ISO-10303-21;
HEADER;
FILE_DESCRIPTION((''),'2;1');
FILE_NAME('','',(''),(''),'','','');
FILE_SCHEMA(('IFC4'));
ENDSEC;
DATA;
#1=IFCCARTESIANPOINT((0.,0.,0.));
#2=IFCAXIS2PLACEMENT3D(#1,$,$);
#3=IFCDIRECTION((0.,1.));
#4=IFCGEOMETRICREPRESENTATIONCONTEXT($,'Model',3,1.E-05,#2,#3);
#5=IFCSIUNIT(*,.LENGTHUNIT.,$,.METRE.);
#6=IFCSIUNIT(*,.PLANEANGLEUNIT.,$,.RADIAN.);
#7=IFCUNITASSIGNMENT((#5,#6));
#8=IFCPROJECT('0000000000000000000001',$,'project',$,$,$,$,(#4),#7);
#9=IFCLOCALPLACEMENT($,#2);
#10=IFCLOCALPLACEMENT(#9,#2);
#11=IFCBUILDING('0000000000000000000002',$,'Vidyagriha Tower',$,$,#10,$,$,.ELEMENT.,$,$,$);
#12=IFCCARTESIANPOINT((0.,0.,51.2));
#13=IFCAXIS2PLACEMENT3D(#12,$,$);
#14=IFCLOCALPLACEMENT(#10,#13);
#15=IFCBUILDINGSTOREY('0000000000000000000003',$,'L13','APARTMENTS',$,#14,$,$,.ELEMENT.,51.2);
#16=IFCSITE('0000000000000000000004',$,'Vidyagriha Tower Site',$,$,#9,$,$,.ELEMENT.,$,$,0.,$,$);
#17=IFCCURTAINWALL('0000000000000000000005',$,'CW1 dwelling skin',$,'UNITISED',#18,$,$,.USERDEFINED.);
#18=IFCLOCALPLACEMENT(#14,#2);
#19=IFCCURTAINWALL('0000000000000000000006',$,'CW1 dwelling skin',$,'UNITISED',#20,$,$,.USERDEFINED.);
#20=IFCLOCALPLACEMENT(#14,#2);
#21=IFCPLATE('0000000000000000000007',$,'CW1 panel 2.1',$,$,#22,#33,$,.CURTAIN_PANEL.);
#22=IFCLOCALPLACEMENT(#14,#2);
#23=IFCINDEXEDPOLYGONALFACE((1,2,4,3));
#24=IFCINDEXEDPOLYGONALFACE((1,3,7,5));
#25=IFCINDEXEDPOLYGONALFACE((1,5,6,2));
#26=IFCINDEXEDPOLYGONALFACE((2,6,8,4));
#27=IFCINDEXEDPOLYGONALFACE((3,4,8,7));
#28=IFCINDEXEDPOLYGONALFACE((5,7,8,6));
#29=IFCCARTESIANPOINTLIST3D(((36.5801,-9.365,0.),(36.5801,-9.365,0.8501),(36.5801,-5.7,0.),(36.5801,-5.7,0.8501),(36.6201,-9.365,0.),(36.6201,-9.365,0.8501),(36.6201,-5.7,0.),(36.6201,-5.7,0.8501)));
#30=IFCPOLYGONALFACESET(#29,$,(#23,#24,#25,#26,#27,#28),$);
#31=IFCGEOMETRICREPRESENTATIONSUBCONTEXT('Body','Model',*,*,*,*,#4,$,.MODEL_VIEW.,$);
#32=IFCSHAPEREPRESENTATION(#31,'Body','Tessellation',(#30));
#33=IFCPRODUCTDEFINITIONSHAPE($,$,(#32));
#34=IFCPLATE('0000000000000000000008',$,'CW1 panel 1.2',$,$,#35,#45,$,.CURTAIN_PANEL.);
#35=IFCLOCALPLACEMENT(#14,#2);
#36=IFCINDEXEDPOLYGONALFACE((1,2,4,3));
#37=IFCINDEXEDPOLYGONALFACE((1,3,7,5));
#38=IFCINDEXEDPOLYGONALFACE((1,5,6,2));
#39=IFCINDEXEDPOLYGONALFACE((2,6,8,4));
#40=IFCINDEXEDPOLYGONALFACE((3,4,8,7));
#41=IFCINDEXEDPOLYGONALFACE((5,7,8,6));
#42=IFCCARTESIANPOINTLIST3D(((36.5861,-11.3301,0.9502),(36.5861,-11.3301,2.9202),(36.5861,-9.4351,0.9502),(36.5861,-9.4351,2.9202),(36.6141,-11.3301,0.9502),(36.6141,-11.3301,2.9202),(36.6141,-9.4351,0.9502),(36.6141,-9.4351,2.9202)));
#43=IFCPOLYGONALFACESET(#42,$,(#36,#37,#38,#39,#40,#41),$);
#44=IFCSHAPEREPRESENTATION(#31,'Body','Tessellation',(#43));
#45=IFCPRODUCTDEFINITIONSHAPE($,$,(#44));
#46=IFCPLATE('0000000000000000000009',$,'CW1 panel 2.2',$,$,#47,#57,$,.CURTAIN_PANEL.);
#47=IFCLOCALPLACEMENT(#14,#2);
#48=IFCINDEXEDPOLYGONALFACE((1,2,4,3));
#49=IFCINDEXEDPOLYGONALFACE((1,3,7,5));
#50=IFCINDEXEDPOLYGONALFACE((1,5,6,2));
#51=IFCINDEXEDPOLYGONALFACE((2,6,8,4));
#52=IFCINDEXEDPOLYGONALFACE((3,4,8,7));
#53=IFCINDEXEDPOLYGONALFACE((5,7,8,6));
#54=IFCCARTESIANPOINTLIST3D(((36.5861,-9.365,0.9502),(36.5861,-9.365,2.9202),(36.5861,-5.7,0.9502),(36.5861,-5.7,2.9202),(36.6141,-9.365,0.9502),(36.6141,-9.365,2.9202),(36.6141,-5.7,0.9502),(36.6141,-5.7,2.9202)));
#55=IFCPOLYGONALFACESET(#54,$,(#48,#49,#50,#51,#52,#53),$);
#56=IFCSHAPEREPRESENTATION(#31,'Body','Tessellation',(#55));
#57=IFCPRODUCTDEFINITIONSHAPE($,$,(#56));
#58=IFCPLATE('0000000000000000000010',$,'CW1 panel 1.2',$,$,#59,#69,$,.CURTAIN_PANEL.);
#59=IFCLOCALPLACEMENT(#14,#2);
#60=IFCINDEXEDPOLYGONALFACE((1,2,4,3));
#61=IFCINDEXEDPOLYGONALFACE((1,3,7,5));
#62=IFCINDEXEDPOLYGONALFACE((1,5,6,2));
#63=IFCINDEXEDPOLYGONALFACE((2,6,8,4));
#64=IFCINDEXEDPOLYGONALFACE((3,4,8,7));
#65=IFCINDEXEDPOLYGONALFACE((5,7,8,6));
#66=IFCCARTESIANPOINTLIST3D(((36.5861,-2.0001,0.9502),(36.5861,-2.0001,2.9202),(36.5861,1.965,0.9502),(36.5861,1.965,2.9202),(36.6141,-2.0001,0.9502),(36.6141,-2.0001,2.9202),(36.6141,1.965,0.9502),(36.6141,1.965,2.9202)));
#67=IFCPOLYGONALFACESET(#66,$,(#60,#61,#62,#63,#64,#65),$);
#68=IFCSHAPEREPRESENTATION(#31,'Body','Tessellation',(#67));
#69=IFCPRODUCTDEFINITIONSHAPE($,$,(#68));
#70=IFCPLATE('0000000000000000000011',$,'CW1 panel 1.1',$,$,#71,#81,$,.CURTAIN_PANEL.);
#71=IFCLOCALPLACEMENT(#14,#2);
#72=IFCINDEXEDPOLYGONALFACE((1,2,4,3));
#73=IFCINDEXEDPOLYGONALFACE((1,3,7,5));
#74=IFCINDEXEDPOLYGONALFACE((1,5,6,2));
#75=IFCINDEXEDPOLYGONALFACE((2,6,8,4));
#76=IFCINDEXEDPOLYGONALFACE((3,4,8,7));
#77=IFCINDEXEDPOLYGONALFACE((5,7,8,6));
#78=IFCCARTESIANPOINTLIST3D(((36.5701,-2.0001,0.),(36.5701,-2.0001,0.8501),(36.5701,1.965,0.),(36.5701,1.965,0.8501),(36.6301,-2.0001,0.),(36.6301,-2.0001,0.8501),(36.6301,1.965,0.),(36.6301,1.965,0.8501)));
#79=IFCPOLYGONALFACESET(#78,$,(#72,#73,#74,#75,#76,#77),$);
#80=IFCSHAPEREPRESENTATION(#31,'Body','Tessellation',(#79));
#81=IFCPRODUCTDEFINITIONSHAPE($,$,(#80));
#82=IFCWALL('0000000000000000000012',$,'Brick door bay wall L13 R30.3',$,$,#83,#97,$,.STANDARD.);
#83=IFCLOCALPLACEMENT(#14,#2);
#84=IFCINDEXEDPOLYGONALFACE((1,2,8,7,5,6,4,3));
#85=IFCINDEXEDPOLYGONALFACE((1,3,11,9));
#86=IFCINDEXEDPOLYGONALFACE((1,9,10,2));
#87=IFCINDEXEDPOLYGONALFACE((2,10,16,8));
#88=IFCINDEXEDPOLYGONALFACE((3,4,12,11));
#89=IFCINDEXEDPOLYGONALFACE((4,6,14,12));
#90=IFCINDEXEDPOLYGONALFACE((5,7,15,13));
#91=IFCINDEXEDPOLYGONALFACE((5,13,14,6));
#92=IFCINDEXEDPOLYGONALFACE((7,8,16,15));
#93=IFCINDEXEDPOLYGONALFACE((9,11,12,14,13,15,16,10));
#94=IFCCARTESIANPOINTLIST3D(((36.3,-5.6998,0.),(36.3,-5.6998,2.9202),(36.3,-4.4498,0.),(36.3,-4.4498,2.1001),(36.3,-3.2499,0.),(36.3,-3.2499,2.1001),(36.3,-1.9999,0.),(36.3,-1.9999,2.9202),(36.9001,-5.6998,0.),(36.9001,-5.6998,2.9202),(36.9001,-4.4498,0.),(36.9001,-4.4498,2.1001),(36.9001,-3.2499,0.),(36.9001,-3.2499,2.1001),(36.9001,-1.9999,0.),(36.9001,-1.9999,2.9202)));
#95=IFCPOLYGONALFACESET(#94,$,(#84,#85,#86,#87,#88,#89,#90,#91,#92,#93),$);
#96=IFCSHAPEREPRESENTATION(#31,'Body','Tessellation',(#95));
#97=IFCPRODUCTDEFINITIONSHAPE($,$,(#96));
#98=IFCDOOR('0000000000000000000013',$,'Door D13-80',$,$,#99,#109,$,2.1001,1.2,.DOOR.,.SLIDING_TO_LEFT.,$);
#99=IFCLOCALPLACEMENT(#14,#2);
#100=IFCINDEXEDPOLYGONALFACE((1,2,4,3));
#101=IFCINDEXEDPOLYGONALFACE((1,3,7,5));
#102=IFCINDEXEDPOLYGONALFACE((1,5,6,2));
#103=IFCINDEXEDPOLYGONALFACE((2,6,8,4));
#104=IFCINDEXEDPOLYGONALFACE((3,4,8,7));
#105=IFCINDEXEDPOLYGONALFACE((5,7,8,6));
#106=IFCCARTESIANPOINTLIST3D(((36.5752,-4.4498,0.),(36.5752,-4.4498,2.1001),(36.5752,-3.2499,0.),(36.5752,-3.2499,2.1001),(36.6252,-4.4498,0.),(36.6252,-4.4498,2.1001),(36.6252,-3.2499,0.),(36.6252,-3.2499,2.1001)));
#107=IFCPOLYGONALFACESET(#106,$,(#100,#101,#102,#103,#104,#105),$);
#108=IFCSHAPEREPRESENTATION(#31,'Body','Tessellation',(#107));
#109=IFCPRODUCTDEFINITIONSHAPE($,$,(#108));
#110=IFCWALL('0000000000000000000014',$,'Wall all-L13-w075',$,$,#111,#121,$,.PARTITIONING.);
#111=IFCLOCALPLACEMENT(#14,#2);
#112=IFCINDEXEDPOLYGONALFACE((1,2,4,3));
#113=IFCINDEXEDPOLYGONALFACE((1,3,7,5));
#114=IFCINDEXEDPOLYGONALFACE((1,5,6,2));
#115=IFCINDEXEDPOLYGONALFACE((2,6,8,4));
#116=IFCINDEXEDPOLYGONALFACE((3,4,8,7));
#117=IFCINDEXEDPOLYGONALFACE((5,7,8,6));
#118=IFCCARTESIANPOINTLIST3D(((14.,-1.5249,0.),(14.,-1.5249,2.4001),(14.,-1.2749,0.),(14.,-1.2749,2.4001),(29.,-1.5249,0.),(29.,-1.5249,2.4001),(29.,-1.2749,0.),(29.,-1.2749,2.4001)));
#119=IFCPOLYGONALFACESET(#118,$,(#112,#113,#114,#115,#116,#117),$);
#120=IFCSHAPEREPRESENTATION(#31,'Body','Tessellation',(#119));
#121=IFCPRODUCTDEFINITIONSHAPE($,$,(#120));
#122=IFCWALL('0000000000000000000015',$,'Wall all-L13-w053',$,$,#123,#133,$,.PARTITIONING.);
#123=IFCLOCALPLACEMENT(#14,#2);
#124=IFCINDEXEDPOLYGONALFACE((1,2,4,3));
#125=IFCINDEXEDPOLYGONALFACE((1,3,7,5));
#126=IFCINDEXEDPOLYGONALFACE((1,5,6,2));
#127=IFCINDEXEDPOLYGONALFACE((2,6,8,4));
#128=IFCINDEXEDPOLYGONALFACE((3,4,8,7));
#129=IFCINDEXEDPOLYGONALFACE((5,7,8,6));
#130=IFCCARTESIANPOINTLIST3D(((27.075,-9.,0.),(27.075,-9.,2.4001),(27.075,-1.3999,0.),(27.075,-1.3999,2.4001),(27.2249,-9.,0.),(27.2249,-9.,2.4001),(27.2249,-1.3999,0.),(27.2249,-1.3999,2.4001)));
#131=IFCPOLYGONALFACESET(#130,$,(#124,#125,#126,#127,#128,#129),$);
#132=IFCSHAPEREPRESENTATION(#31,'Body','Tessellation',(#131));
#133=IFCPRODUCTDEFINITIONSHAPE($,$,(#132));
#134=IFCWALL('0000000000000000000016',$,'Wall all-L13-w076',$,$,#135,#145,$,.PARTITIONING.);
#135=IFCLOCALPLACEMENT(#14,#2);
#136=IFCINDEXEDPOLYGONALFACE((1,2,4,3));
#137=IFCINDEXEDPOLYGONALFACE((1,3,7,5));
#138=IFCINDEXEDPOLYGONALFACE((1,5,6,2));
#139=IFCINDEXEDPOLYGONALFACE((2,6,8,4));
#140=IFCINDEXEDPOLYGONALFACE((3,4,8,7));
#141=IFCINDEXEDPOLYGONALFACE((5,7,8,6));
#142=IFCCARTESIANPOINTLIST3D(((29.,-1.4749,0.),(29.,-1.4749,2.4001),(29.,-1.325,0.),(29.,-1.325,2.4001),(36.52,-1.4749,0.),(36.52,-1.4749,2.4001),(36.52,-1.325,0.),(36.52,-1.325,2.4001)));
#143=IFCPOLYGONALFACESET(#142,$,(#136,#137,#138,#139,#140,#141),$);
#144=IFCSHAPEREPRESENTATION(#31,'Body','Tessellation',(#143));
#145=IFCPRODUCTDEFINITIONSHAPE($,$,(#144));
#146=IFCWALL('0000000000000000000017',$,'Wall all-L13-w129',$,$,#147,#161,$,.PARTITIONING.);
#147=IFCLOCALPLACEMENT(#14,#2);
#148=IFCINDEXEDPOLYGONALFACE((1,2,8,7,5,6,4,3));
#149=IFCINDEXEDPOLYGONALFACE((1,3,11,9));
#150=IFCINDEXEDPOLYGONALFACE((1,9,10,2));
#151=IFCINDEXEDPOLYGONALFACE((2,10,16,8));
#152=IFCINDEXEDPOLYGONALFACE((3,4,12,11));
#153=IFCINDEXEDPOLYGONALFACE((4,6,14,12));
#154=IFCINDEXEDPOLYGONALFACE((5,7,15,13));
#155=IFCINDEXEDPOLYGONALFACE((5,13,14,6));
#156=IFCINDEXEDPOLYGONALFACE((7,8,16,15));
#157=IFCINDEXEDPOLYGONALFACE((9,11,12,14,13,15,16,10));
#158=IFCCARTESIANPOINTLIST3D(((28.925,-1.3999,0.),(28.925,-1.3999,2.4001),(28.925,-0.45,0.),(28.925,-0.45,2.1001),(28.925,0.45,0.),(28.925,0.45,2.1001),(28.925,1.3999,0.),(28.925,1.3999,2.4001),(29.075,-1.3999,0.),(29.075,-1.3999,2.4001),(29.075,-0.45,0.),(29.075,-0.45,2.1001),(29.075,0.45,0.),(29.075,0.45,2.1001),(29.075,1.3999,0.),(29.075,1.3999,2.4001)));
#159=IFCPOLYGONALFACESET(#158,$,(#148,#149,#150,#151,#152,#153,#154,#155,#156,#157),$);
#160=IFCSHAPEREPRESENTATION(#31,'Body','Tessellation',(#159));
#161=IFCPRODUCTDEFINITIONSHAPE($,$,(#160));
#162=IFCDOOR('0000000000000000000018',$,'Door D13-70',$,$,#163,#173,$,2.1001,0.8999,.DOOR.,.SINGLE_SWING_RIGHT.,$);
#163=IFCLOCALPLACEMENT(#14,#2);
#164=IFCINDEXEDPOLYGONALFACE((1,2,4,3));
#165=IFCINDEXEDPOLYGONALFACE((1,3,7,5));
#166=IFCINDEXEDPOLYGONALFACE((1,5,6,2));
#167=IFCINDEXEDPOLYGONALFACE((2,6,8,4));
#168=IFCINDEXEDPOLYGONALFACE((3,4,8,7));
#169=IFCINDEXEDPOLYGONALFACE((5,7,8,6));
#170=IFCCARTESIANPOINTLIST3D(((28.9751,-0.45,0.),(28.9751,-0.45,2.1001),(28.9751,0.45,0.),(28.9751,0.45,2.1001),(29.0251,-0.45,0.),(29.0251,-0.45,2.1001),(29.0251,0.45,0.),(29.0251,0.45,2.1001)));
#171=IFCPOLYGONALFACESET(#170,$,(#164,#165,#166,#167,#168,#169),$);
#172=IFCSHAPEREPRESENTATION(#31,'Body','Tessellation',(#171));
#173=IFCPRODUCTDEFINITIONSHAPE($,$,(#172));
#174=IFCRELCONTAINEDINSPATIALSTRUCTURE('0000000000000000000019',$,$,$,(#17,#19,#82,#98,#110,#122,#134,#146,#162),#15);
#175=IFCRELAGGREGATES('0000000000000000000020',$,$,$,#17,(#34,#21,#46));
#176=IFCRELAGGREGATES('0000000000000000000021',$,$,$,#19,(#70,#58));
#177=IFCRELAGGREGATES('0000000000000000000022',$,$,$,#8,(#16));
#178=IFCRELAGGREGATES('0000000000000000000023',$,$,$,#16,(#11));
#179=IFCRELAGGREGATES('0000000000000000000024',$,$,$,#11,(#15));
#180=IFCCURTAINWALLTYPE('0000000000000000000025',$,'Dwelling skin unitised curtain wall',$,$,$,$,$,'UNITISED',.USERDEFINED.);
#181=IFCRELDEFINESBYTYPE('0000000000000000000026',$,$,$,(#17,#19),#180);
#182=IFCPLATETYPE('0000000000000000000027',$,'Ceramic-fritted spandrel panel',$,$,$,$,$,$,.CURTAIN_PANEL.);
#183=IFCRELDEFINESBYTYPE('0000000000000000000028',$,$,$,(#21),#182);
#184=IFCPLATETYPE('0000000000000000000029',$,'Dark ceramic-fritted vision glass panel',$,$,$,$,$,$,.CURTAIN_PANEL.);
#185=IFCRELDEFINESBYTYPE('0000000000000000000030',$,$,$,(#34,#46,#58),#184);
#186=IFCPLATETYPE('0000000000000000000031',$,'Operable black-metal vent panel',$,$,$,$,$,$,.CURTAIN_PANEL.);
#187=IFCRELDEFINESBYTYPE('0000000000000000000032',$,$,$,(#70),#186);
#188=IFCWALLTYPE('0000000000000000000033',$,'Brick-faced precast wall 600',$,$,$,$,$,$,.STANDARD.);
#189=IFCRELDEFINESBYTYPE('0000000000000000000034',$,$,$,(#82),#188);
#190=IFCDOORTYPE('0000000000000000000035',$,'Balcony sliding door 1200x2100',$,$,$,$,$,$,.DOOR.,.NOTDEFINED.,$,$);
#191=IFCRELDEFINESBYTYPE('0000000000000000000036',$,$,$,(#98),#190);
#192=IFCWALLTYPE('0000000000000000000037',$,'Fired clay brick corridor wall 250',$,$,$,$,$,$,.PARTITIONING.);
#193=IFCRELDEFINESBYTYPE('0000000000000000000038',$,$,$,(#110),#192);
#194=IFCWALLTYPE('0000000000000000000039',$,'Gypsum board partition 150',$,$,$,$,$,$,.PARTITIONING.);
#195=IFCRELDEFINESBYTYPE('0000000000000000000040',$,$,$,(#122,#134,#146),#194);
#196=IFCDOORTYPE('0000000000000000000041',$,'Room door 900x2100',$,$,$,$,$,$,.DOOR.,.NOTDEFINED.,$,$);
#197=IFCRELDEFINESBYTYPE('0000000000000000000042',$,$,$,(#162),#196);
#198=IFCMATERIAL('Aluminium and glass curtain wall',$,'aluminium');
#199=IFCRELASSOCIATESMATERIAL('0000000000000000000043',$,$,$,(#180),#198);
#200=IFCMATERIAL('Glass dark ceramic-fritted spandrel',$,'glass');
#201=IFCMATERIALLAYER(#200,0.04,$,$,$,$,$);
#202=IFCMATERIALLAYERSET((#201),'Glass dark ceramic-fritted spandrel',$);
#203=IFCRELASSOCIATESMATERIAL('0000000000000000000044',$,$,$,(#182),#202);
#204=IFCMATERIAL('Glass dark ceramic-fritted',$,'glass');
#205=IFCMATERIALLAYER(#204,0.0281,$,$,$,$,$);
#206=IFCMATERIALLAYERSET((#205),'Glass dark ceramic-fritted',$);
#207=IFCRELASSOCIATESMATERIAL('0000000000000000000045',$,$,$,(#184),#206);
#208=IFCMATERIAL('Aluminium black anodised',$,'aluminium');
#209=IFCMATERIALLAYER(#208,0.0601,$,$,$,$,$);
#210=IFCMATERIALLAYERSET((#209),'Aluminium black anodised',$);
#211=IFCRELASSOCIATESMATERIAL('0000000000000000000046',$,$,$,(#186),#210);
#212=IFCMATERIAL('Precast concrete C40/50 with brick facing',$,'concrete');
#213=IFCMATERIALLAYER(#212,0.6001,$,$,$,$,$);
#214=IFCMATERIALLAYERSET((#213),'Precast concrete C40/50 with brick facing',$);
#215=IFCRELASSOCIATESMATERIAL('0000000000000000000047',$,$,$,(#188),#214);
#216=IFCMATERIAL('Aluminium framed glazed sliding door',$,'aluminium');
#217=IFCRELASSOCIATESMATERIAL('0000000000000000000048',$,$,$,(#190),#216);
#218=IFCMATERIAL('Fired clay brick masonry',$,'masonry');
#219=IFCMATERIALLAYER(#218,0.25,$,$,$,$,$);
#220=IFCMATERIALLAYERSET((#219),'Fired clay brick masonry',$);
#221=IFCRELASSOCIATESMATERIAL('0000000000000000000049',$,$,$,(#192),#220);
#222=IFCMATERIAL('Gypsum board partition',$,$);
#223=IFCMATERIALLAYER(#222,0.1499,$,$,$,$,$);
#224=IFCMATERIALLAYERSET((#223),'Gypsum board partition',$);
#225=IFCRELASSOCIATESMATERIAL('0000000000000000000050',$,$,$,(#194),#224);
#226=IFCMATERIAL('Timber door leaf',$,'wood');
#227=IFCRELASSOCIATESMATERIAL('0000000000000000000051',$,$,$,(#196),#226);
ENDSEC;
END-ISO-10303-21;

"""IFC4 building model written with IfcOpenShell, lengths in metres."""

from ifc_helpers import new_model, si_unit, direction, frame, frame_2d, origin, origin_2d, place, context, subcontext, project, spatial, rectangle, extrude, material, layer, layer_set, type_object, element, fill, aggregate, save


model = new_model("IFC4")

# Units and contexts
model_context = context("Model", 3, precision=1e-05, world=origin(), true_north=direction((0.0, 1.0)))
body_context = subcontext(model_context, "Body", "Model", "MODEL_VIEW")
ifc_project = project(units=[si_unit("LENGTHUNIT", "METRE"), si_unit("PLANEANGLEUNIT", "RADIAN")], contexts=[model_context])

# Site, building, storey
site_placement = place(None, origin())
site = spatial("IfcSite", under=ifc_project, at=site_placement, Name="Vidyagriha Tower Site", CompositionType="ELEMENT", RefElevation=0.0)
building_placement = place(site_placement, origin())
building = spatial("IfcBuilding", under=site, at=building_placement, Name="Vidyagriha Tower", CompositionType="ELEMENT")
storey_placement = place(building_placement, frame((0.0, 0.0, 51.2)))
storey = spatial("IfcBuildingStorey", under=building, at=storey_placement, Name="L13", Description="APARTMENTS", CompositionType="ELEMENT", Elevation=51.2)

# Curtain wall
ifc_material_1 = material(Name="Aluminium and glass curtain wall", Category="aluminium")
curtain_wall_type = type_object("IfcCurtainWallType", Name="Dwelling skin unitised curtain wall", ElementType="UNITISED", PredefinedType="USERDEFINED", material=ifc_material_1)
curtain_wall_1_placement = place(storey_placement, origin())
curtain_wall_1 = element("IfcCurtainWall", 1, at=curtain_wall_1_placement, inside=storey, type_object=curtain_wall_type, Name="CW1 dwelling skin", ObjectType="UNITISED", PredefinedType="USERDEFINED")

# Curtain wall
curtain_wall_2_placement = place(storey_placement, origin())
curtain_wall_2 = element("IfcCurtainWall", 2, at=curtain_wall_2_placement, inside=storey, type_object=curtain_wall_type, Name="CW1 dwelling skin", ObjectType="UNITISED", PredefinedType="USERDEFINED")

# Plates
ifc_material_2 = material(Name="Glass dark ceramic-fritted spandrel", Category="glass")
ifc_layer_1 = layer(ifc_material_2, 0.04)
ifc_layer_set_1 = layer_set([ifc_layer_1], Name="Glass dark ceramic-fritted spandrel")
plate_type_1 = type_object("IfcPlateType", Name="Ceramic-fritted spandrel panel", PredefinedType="CURTAIN_PANEL", material=ifc_layer_set_1)
plate_1_placement = place(storey_placement, frame((36.6001, -7.5325, 0.0), z_axis=(0.0, 0.0, 1.0), x_axis=(0.0, 1.0, 0.0)))
plate_1 = element("IfcPlate", 3, at=plate_1_placement, type_object=plate_type_1, Name="CW1 panel 2.1", PredefinedType="CURTAIN_PANEL", context=body_context, shape_type="SweptSolid", body=[
    extrude(rectangle(XDim=3.665, YDim=0.04, at=origin_2d()), origin(), (0.0, 0.0, 1.0), 0.8501),
])
ifc_material_3 = material(Name="Glass dark ceramic-fritted", Category="glass")
ifc_layer_2 = layer(ifc_material_3, 0.0281)
ifc_layer_set_2 = layer_set([ifc_layer_2], Name="Glass dark ceramic-fritted")
plate_type_2 = type_object("IfcPlateType", Name="Dark ceramic-fritted vision glass panel", PredefinedType="CURTAIN_PANEL", material=ifc_layer_set_2)
plate_2_placement = place(storey_placement, frame((36.6001, -10.3826, 0.9502), z_axis=(0.0, 0.0, 1.0), x_axis=(0.0, 1.0, 0.0)))
plate_2 = element("IfcPlate", 4, at=plate_2_placement, type_object=plate_type_2, Name="CW1 panel 1.2", PredefinedType="CURTAIN_PANEL", context=body_context, shape_type="SweptSolid", body=[
    extrude(rectangle(XDim=1.895, YDim=0.0281, at=origin_2d()), origin(), (0.0, 0.0, 1.0), 1.97),
])
plate_3_placement = place(storey_placement, frame((36.6001, -7.5325, 0.9502), z_axis=(0.0, 0.0, 1.0), x_axis=(0.0, 1.0, 0.0)))
plate_3 = element("IfcPlate", 5, at=plate_3_placement, type_object=plate_type_2, Name="CW1 panel 2.2", PredefinedType="CURTAIN_PANEL", context=body_context, shape_type="SweptSolid", body=[
    extrude(rectangle(XDim=3.665, YDim=0.0281, at=origin_2d()), origin(), (0.0, 0.0, 1.0), 1.97),
])
aggregate(curtain_wall_1, [plate_2, plate_1, plate_3])
plate_4_placement = place(storey_placement, frame((36.6001, -0.0176, 0.9502), z_axis=(0.0, 0.0, 1.0), x_axis=(0.0, 1.0, 0.0)))
plate_4 = element("IfcPlate", 6, at=plate_4_placement, type_object=plate_type_2, Name="CW1 panel 1.2", PredefinedType="CURTAIN_PANEL", context=body_context, shape_type="SweptSolid", body=[
    extrude(rectangle(XDim=3.9651, YDim=0.0281, at=origin_2d()), origin(), (0.0, 0.0, 1.0), 1.97),
])
ifc_material_4 = material(Name="Aluminium black anodised", Category="aluminium")
ifc_layer_3 = layer(ifc_material_4, 0.0601)
ifc_layer_set_3 = layer_set([ifc_layer_3], Name="Aluminium black anodised")
plate_type_3 = type_object("IfcPlateType", Name="Operable black-metal vent panel", PredefinedType="CURTAIN_PANEL", material=ifc_layer_set_3)
plate_5_placement = place(storey_placement, frame((36.6001, -0.0176, 0.0), z_axis=(0.0, 0.0, 1.0), x_axis=(0.0, 1.0, 0.0)))
plate_5 = element("IfcPlate", 7, at=plate_5_placement, type_object=plate_type_3, Name="CW1 panel 1.1", PredefinedType="CURTAIN_PANEL", context=body_context, shape_type="SweptSolid", body=[
    extrude(rectangle(XDim=3.9651, YDim=0.0601, at=origin_2d()), origin(), (0.0, 0.0, 1.0), 0.8501),
])
aggregate(curtain_wall_2, [plate_5, plate_4])

# Wall, opening, door
ifc_material_5 = material(Name="Precast concrete C40/50 with brick facing", Category="concrete")
ifc_layer_4 = layer(ifc_material_5, 0.6001)
ifc_layer_set_4 = layer_set([ifc_layer_4], Name="Precast concrete C40/50 with brick facing")
wall_type_1 = type_object("IfcWallType", Name="Brick-faced precast wall 600", PredefinedType="STANDARD", material=ifc_layer_set_4)
wall_1_placement = place(storey_placement, frame((36.6001, -5.7, 0.0), z_axis=(0.0, 0.0, 1.0), x_axis=(0.0, 1.0, 0.0)))
wall_1 = element("IfcWall", 8, at=wall_1_placement, inside=storey, type_object=wall_type_1, Name="Brick door bay wall L13 R30.3", PredefinedType="STANDARD", context=body_context, shape_type="SweptSolid", body=[
    extrude(rectangle(XDim=3.7, YDim=0.6001, at=frame_2d((1.8501, 0.0))), origin(), (0.0, 0.0, 1.0), 2.9202),
])
opening_1_placement = place(wall_1_placement, frame((1.25, 0.0, 0.0)))
opening_1 = element("IfcOpeningElement", 9, at=opening_1_placement, cuts=wall_1, PredefinedType="OPENING", context=body_context, shape_type="SweptSolid", body=[
    extrude(rectangle(XDim=1.2, YDim=2.1001, at=frame_2d((0.6001, 1.05))), frame((0.0, 0.3101, 0.0), z_axis=(0.0, -1.0, 0.0), x_axis=(1.0, 0.0, 0.0)), (0.0, 0.0, 1.0), 0.6201),
])
ifc_material_6 = material(Name="Aluminium framed glazed sliding door", Category="aluminium")
door_type_1 = type_object("IfcDoorType", Name="Balcony sliding door 1200x2100", OperationType="NOTDEFINED", PredefinedType="DOOR", material=ifc_material_6)
door_1_placement = place(opening_1_placement, origin())
door_1 = element("IfcDoor", 10, at=door_1_placement, inside=storey, type_object=door_type_1, Name="Door D13-80", OperationType="SLIDING_TO_LEFT", OverallHeight=2.1001, OverallWidth=1.2, PredefinedType="DOOR", context=body_context, shape_type="SweptSolid", body=[
    extrude(rectangle(XDim=1.2, YDim=2.1001, at=frame_2d((0.6001, 1.05))), frame((0.0, 0.0249, 0.0), z_axis=(0.0, -1.0, 0.0), x_axis=(1.0, 0.0, 0.0)), (0.0, 0.0, 1.0), 0.05),
])
fill(opening_1, door_1)

# Walls
ifc_material_7 = material(Name="Fired clay brick masonry", Category="masonry")
ifc_layer_5 = layer(ifc_material_7, 0.25)
ifc_layer_set_5 = layer_set([ifc_layer_5], Name="Fired clay brick masonry")
wall_type_2 = type_object("IfcWallType", Name="Fired clay brick corridor wall 250", PredefinedType="PARTITIONING", material=ifc_layer_set_5)
wall_2_placement = place(storey_placement, frame((29.0, -1.3999, 0.0), z_axis=(0.0, 0.0, 1.0), x_axis=(-1.0, 0.0, 0.0)))
element("IfcWall", 11, at=wall_2_placement, inside=storey, type_object=wall_type_2, Name="Wall all-L13-w075", PredefinedType="PARTITIONING", context=body_context, shape_type="SweptSolid", body=[
    extrude(rectangle(XDim=15.0, YDim=0.25, at=frame_2d((7.5, 0.0))), origin(), (0.0, 0.0, 1.0), 2.4001),
])
ifc_material_8 = material(Name="Gypsum board partition")
ifc_layer_6 = layer(ifc_material_8, 0.1499)
ifc_layer_set_6 = layer_set([ifc_layer_6], Name="Gypsum board partition")
wall_type_3 = type_object("IfcWallType", Name="Gypsum board partition 150", PredefinedType="PARTITIONING", material=ifc_layer_set_6)
wall_3_placement = place(storey_placement, frame((27.1499, -1.3999, 0.0), z_axis=(0.0, 0.0, 1.0), x_axis=(0.0, -1.0, 0.0)))
element("IfcWall", 12, at=wall_3_placement, inside=storey, type_object=wall_type_3, Name="Wall all-L13-w053", PredefinedType="PARTITIONING", context=body_context, shape_type="SweptSolid", body=[
    extrude(rectangle(XDim=7.6001, YDim=0.1499, at=frame_2d((3.8, 0.0))), origin(), (0.0, 0.0, 1.0), 2.4001),
])
wall_4_placement = place(storey_placement, frame((36.52, -1.3999, 0.0), z_axis=(0.0, 0.0, 1.0), x_axis=(-1.0, 0.0, 0.0)))
element("IfcWall", 13, at=wall_4_placement, inside=storey, type_object=wall_type_3, Name="Wall all-L13-w076", PredefinedType="PARTITIONING", context=body_context, shape_type="SweptSolid", body=[
    extrude(rectangle(XDim=7.52, YDim=0.1499, at=frame_2d((3.76, 0.0))), origin(), (0.0, 0.0, 1.0), 2.4001),
])

# Wall, opening, door
wall_5_placement = place(storey_placement, frame((29.0, -1.3999, 0.0), z_axis=(0.0, 0.0, 1.0), x_axis=(0.0, 1.0, 0.0)))
wall_5 = element("IfcWall", 14, at=wall_5_placement, inside=storey, type_object=wall_type_3, Name="Wall all-L13-w129", PredefinedType="PARTITIONING", context=body_context, shape_type="SweptSolid", body=[
    extrude(rectangle(XDim=2.7998, YDim=0.1499, at=frame_2d((1.3999, 0.0))), origin(), (0.0, 0.0, 1.0), 2.4001),
])
opening_2_placement = place(wall_5_placement, frame((0.95, 0.0, 0.0)))
opening_2 = element("IfcOpeningElement", 15, at=opening_2_placement, cuts=wall_5, PredefinedType="OPENING", context=body_context, shape_type="SweptSolid", body=[
    extrude(rectangle(XDim=0.8999, YDim=2.1001, at=frame_2d((0.45, 1.05))), frame((0.0, 0.085, 0.0), z_axis=(0.0, -1.0, 0.0), x_axis=(1.0, 0.0, 0.0)), (0.0, 0.0, 1.0), 0.1699),
])
ifc_material_9 = material(Name="Timber door leaf", Category="wood")
door_type_2 = type_object("IfcDoorType", Name="Room door 900x2100", OperationType="NOTDEFINED", PredefinedType="DOOR", material=ifc_material_9)
door_2_placement = place(opening_2_placement, origin())
door_2 = element("IfcDoor", 16, at=door_2_placement, inside=storey, type_object=door_type_2, Name="Door D13-70", OperationType="SINGLE_SWING_RIGHT", OverallHeight=2.1001, OverallWidth=0.8999, PredefinedType="DOOR", context=body_context, shape_type="SweptSolid", body=[
    extrude(rectangle(XDim=0.8999, YDim=2.1001, at=frame_2d((0.45, 1.05))), frame((0.0, 0.0249, 0.0), z_axis=(0.0, -1.0, 0.0), x_axis=(1.0, 0.0, 0.0)), (0.0, 0.0, 1.0), 0.05),
])
fill(opening_2, door_2)

save(model, "model.ifc")
